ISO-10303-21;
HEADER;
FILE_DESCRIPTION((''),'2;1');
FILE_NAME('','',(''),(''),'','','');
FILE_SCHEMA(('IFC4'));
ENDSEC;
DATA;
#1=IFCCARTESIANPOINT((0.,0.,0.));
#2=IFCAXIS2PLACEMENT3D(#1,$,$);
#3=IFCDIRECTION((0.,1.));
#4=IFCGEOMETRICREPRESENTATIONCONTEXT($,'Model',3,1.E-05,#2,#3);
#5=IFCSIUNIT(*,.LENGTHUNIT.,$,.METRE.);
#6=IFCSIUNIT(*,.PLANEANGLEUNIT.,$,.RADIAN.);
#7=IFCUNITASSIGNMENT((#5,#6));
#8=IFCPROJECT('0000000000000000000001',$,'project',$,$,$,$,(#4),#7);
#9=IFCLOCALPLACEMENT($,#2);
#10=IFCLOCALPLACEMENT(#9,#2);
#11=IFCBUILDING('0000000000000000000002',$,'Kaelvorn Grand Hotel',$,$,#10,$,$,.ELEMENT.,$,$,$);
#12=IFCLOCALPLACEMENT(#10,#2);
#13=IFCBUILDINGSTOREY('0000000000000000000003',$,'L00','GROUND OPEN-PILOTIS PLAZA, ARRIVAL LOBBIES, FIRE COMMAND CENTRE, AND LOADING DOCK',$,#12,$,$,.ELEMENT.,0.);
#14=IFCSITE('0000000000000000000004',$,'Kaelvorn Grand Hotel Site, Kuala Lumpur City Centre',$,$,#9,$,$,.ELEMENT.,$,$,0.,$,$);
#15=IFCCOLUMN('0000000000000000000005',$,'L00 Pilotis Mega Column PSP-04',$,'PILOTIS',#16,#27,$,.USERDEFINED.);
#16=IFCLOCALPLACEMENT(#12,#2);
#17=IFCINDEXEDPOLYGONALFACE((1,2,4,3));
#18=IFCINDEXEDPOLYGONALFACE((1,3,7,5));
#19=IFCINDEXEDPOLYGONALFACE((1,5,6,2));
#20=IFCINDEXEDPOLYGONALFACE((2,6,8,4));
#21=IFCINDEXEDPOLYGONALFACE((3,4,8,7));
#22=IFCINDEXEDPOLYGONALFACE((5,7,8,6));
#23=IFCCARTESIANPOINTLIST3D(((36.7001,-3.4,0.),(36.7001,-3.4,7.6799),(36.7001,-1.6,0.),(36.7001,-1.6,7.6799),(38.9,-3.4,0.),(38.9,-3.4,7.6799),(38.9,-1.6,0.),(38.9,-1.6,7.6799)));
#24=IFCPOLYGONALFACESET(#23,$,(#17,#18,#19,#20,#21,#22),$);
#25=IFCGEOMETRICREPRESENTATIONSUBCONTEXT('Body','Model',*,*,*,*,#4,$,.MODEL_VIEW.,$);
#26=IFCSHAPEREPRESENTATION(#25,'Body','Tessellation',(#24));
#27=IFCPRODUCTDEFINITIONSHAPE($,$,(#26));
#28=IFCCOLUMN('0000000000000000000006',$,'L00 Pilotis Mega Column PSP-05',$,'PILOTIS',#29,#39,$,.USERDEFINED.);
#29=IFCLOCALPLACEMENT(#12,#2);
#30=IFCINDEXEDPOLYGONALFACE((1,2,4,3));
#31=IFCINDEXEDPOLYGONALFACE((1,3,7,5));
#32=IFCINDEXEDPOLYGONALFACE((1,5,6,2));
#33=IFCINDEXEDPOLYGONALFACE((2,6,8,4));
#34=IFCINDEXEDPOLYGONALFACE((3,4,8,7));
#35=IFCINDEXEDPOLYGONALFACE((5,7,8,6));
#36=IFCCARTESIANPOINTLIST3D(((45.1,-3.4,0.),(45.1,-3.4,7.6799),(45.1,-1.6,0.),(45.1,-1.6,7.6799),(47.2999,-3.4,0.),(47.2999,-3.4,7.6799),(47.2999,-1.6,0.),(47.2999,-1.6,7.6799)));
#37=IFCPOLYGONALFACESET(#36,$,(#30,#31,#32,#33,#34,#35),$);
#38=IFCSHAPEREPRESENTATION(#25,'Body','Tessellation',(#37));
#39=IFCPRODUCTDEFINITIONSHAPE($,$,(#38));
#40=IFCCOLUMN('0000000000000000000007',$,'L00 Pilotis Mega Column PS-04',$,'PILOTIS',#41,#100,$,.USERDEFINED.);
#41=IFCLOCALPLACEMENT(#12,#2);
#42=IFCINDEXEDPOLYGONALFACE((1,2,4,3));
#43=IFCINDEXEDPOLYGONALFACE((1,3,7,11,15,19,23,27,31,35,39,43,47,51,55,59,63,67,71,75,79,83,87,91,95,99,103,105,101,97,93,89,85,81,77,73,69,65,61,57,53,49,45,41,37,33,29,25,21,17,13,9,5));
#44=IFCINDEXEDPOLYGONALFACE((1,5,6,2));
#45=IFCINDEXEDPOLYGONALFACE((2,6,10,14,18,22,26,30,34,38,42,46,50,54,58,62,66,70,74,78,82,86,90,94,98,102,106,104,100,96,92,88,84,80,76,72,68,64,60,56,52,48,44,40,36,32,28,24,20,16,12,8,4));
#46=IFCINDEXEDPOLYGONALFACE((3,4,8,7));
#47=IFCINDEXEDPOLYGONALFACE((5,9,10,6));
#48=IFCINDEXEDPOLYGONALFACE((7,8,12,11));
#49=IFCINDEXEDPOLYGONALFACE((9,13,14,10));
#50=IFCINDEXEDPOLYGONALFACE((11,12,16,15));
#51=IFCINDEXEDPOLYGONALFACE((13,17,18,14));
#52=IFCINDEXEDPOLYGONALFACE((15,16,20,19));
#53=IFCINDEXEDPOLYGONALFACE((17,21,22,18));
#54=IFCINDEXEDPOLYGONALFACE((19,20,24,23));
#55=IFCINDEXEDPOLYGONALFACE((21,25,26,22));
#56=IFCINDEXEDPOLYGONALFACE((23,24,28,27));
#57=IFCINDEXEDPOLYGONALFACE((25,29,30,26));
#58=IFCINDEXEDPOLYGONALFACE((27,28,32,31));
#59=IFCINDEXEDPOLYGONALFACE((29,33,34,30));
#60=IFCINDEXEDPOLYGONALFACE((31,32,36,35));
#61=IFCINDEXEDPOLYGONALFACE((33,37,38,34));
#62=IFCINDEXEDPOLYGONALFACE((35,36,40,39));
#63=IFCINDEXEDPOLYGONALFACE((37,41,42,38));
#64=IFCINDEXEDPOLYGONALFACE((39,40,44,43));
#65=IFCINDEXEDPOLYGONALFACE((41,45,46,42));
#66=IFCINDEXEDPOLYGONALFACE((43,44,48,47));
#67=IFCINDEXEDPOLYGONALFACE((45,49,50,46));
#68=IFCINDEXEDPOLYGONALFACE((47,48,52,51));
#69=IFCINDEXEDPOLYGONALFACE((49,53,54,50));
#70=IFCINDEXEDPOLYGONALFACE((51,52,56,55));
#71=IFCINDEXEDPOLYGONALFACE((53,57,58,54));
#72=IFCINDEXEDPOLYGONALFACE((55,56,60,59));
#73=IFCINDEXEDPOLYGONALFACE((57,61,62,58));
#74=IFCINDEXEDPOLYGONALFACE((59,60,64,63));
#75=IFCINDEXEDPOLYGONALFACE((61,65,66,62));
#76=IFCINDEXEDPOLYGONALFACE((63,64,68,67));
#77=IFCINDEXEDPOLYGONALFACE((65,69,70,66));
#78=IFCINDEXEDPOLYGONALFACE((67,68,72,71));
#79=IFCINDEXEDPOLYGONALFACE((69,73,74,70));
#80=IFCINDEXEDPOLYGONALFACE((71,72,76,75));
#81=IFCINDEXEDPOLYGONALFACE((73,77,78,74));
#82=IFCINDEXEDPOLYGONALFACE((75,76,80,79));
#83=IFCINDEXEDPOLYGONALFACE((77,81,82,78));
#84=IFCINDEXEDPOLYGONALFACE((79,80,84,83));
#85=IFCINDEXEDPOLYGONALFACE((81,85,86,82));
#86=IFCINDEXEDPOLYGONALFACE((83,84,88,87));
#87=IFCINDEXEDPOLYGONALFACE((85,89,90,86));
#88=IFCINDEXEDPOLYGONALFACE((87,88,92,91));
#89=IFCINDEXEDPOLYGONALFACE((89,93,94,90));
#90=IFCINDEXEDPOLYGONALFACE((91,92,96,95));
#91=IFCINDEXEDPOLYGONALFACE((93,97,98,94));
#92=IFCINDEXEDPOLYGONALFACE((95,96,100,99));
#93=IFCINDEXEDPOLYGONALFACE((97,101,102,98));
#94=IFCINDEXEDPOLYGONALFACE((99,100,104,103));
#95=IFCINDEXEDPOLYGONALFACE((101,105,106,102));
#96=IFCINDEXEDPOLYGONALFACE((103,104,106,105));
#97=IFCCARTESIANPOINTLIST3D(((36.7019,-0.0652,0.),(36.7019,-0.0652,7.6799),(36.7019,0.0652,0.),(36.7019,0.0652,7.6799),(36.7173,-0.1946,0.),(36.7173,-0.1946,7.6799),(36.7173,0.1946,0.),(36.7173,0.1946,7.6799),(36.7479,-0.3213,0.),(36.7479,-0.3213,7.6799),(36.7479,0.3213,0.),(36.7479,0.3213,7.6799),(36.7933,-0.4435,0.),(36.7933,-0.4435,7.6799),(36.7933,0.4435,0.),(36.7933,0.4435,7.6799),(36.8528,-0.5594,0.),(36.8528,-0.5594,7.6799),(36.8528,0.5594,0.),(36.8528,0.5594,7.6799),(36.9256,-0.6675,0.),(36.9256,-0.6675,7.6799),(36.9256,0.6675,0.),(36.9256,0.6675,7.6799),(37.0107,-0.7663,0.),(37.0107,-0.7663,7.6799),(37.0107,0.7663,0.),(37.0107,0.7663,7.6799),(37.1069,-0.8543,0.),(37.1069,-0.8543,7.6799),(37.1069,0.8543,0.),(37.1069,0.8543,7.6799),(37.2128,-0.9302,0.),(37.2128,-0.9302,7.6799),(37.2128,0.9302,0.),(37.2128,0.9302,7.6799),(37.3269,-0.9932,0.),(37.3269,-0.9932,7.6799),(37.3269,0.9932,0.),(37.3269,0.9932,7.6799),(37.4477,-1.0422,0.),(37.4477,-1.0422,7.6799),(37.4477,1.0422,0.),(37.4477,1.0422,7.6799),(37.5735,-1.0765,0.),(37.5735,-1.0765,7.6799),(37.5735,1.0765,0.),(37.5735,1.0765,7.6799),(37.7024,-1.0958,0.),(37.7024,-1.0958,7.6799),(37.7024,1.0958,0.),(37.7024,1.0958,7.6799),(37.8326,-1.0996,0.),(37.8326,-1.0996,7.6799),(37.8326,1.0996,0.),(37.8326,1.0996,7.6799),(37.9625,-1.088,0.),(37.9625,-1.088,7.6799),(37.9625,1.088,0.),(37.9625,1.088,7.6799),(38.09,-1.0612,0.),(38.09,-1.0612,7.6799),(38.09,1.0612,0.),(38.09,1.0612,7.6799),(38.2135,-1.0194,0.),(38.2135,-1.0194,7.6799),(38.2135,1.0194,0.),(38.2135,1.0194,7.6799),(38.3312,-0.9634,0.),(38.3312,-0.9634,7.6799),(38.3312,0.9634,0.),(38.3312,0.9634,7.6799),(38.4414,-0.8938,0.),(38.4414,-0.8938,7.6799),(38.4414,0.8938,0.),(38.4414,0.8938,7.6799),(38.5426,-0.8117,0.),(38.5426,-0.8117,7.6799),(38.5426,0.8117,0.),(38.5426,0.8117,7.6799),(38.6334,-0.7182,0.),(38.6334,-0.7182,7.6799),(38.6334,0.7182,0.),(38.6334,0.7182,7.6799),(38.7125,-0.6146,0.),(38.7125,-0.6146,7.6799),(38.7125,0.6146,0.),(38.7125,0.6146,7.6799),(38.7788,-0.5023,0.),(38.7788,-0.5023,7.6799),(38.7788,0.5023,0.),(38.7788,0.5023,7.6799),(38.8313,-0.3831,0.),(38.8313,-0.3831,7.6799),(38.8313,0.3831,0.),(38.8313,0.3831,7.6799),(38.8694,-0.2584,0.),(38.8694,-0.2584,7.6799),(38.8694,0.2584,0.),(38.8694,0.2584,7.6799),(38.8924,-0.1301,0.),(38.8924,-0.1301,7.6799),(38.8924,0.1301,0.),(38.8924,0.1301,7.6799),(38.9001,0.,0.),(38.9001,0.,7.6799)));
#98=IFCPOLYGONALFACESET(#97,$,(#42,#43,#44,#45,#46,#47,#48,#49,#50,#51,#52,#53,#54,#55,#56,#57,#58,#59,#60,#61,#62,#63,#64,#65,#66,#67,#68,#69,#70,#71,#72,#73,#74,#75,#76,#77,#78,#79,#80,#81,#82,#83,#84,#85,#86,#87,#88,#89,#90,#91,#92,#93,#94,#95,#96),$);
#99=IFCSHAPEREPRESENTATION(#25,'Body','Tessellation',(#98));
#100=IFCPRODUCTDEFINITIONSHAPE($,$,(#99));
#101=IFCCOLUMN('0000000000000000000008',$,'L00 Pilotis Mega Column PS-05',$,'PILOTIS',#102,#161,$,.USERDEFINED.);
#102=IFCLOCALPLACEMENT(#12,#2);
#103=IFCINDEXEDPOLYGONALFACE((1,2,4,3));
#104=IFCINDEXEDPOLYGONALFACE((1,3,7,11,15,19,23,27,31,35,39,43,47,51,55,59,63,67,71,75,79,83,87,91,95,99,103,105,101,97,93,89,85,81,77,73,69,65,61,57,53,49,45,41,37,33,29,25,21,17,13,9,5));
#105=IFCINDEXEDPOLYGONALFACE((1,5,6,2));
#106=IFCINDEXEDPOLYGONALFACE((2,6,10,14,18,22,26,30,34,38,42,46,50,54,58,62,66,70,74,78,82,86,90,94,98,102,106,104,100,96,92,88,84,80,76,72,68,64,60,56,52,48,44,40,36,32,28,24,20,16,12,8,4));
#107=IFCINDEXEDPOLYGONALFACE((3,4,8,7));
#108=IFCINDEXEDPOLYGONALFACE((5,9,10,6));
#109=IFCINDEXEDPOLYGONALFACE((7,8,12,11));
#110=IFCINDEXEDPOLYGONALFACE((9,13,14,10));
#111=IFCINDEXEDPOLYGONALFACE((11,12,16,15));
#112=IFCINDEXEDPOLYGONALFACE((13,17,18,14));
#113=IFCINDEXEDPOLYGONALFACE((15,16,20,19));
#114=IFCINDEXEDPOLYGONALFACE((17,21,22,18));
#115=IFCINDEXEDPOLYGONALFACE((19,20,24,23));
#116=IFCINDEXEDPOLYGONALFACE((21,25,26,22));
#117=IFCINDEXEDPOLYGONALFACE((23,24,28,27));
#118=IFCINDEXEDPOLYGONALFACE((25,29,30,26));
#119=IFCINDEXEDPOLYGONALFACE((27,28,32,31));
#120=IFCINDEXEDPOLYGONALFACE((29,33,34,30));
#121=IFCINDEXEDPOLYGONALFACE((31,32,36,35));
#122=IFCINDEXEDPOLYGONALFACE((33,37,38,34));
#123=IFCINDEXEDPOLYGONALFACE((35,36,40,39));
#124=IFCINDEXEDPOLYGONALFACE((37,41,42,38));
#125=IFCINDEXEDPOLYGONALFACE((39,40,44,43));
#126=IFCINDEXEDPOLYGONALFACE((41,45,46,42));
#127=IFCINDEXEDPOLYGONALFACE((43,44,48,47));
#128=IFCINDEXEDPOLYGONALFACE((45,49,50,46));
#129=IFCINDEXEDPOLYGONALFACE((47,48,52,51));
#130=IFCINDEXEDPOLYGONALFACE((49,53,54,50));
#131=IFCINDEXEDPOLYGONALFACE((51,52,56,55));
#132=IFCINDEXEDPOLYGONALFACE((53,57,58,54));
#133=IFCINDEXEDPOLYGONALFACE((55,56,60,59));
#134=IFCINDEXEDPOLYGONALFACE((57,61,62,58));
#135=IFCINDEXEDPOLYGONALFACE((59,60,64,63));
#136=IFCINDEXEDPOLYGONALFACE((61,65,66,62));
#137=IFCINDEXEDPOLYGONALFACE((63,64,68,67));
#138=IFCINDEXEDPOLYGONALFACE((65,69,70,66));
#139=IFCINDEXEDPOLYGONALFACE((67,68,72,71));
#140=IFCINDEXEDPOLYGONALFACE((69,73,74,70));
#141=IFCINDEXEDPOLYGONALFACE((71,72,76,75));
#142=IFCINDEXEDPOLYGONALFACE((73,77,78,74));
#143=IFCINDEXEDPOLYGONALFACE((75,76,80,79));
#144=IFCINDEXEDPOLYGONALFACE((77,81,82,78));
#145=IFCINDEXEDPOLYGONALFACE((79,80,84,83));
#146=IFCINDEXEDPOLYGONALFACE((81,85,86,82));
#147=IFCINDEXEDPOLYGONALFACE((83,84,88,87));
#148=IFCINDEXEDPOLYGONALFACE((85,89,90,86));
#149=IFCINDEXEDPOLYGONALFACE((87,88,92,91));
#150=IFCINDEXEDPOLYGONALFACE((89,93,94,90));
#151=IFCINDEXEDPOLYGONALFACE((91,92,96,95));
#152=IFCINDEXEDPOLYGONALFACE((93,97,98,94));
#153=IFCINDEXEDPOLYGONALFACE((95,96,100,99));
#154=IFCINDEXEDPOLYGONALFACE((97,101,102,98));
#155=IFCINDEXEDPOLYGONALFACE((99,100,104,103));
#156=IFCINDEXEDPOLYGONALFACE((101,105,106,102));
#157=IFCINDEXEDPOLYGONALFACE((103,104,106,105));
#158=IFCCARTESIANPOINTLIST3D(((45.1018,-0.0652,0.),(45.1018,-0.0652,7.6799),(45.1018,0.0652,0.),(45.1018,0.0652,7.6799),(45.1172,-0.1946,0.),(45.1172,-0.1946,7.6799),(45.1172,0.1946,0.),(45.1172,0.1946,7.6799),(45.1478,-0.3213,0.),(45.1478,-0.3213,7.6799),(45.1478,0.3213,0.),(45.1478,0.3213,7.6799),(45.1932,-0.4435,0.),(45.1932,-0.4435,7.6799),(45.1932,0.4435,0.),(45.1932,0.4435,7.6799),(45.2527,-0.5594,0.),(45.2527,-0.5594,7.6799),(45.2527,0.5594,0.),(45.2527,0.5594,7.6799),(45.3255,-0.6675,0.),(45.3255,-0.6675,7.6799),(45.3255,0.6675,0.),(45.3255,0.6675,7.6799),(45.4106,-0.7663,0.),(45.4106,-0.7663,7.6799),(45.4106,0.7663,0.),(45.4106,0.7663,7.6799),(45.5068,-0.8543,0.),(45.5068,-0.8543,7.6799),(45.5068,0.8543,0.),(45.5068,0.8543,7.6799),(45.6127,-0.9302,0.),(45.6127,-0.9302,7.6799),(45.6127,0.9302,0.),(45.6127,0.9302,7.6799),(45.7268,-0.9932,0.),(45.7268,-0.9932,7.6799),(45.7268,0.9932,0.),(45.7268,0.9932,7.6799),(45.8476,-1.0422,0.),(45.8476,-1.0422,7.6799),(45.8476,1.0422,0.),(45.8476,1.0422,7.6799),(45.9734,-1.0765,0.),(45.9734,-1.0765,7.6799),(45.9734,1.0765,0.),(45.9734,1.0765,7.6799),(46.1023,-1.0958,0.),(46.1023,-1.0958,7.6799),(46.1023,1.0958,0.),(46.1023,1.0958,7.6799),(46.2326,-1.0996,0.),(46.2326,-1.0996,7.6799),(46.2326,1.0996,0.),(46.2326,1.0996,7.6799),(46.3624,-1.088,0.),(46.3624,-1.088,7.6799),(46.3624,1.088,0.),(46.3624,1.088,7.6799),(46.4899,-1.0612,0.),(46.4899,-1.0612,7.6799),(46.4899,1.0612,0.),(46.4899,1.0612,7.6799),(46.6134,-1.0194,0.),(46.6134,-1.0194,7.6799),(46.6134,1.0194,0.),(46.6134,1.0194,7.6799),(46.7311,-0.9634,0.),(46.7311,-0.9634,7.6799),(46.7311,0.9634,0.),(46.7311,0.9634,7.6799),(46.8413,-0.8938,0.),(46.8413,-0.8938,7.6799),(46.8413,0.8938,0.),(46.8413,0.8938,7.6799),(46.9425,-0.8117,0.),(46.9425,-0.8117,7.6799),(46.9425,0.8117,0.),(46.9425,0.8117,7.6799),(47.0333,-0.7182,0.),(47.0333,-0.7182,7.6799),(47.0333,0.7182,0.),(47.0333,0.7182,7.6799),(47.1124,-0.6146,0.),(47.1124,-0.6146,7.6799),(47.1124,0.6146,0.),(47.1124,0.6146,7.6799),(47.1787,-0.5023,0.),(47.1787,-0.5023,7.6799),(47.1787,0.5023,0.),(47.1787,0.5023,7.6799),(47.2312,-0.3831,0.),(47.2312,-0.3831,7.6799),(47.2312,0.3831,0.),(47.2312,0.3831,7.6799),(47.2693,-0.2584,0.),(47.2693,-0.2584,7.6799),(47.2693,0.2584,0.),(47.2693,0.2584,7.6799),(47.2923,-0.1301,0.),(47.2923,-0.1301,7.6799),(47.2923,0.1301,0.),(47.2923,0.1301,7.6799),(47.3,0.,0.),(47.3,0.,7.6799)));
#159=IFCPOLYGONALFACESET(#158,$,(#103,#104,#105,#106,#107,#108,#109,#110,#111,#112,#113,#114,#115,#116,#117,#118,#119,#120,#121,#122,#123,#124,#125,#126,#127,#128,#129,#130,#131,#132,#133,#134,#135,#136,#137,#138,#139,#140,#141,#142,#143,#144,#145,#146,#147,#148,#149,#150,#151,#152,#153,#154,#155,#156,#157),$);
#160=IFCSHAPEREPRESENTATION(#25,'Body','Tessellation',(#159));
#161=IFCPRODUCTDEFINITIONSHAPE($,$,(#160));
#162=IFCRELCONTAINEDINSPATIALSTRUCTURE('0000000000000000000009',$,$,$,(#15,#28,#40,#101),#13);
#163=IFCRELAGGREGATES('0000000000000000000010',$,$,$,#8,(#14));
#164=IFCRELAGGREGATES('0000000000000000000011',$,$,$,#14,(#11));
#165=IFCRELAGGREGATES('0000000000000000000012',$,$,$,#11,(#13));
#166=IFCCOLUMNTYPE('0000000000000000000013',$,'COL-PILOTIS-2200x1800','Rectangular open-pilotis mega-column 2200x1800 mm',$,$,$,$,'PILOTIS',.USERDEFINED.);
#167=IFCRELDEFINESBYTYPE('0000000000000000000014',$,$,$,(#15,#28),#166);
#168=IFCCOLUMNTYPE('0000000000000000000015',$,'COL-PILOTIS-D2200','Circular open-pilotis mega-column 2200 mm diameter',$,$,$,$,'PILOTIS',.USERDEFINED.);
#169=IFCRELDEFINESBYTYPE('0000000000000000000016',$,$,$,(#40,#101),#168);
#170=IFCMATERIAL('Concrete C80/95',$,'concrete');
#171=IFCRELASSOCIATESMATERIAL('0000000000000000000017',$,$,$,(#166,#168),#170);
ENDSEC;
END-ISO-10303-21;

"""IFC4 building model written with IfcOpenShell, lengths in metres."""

from ifc_helpers import new_model, si_unit, direction, frame, origin, origin_2d, place, context, subcontext, project, spatial, rectangle, circle, extrude, material, material_profile, profile_set, type_object, element, save


model = new_model("IFC4")

# Units and contexts
model_context = context("Model", 3, precision=1e-05, world=origin(), true_north=direction((0.0, 1.0)))
body_context = subcontext(model_context, "Body", "Model", "MODEL_VIEW")
ifc_project = project(units=[si_unit("LENGTHUNIT", "METRE"), si_unit("PLANEANGLEUNIT", "RADIAN")], contexts=[model_context])

# Site, building, storey
site_placement = place(None, origin())
site = spatial("IfcSite", under=ifc_project, at=site_placement, Name="Kaelvorn Grand Hotel Site, Kuala Lumpur City Centre", CompositionType="ELEMENT", RefElevation=0.0)
building_placement = place(site_placement, origin())
building = spatial("IfcBuilding", under=site, at=building_placement, Name="Kaelvorn Grand Hotel", CompositionType="ELEMENT")
storey_placement = place(building_placement, origin())
storey = spatial("IfcBuildingStorey", under=building, at=storey_placement, Name="L00", Description="GROUND OPEN-PILOTIS PLAZA, ARRIVAL LOBBIES, FIRE COMMAND CENTRE, AND LOADING DOCK", CompositionType="ELEMENT", Elevation=0.0)

# Columns
ifc_material_1 = material(Name="Concrete C80/95", Category="concrete")
ifc_material_profile_1 = material_profile(ifc_material_1, rectangle(XDim=2.2, YDim=1.8, at=origin_2d()), Name="PILOTIS 2200x1800")
ifc_profile_set_1 = profile_set([ifc_material_profile_1], Name="Concrete C80/95")
column_type_1 = type_object("IfcColumnType", Name="COL-PILOTIS-2200x1800", Description="Rectangular open-pilotis mega-column 2200x1800 mm", ElementType="PILOTIS", PredefinedType="USERDEFINED", material=ifc_profile_set_1)
for number, where, z_axis, x_axis, name in (
    (1, (37.8, -2.5, 0.0), (0.0, 0.0, 1.0), (1.0, 0.0, 0.0), "L00 Pilotis Mega Column PSP-04"),
    (2, (46.2, -2.5, 0.0), (0.0, 0.0, 1.0), (1.0, 0.0, 0.0), "L00 Pilotis Mega Column PSP-05"),
):
    element("IfcColumn", number, at=place(storey_placement, frame(where, z_axis=z_axis, x_axis=x_axis)), inside=storey, type_object=column_type_1, Name=name, ObjectType="PILOTIS", PredefinedType="USERDEFINED", context=body_context, shape_type="SweptSolid", body=[
        extrude(rectangle(XDim=2.2, YDim=1.8, at=origin_2d()), origin(), (0.0, 0.0, 1.0), 7.6799),
    ])
ifc_material_profile_2 = material_profile(ifc_material_1, circle(Radius=1.1001, at=origin_2d()), Name="PILOTIS D2200")
ifc_profile_set_2 = profile_set([ifc_material_profile_2], Name="Concrete C80/95")
column_type_2 = type_object("IfcColumnType", Name="COL-PILOTIS-D2200", Description="Circular open-pilotis mega-column 2200 mm diameter", ElementType="PILOTIS", PredefinedType="USERDEFINED", material=ifc_profile_set_2)
for number, where, z_axis, x_axis, name in (
    (3, (37.8, 0.0, 0.0), (0.0, 0.0, 1.0), (1.0, 0.0, 0.0), "L00 Pilotis Mega Column PS-04"),
    (4, (46.2, 0.0, 0.0), (0.0, 0.0, 1.0), (1.0, 0.0, 0.0), "L00 Pilotis Mega Column PS-05"),
):
    element("IfcColumn", number, at=place(storey_placement, frame(where, z_axis=z_axis, x_axis=x_axis)), inside=storey, type_object=column_type_2, Name=name, ObjectType="PILOTIS", PredefinedType="USERDEFINED", context=body_context, shape_type="SweptSolid", body=[
        extrude(circle(Radius=1.1001, at=origin_2d()), origin(), (0.0, 0.0, 1.0), 7.6799),
    ])

save(model, "model.ifc")
